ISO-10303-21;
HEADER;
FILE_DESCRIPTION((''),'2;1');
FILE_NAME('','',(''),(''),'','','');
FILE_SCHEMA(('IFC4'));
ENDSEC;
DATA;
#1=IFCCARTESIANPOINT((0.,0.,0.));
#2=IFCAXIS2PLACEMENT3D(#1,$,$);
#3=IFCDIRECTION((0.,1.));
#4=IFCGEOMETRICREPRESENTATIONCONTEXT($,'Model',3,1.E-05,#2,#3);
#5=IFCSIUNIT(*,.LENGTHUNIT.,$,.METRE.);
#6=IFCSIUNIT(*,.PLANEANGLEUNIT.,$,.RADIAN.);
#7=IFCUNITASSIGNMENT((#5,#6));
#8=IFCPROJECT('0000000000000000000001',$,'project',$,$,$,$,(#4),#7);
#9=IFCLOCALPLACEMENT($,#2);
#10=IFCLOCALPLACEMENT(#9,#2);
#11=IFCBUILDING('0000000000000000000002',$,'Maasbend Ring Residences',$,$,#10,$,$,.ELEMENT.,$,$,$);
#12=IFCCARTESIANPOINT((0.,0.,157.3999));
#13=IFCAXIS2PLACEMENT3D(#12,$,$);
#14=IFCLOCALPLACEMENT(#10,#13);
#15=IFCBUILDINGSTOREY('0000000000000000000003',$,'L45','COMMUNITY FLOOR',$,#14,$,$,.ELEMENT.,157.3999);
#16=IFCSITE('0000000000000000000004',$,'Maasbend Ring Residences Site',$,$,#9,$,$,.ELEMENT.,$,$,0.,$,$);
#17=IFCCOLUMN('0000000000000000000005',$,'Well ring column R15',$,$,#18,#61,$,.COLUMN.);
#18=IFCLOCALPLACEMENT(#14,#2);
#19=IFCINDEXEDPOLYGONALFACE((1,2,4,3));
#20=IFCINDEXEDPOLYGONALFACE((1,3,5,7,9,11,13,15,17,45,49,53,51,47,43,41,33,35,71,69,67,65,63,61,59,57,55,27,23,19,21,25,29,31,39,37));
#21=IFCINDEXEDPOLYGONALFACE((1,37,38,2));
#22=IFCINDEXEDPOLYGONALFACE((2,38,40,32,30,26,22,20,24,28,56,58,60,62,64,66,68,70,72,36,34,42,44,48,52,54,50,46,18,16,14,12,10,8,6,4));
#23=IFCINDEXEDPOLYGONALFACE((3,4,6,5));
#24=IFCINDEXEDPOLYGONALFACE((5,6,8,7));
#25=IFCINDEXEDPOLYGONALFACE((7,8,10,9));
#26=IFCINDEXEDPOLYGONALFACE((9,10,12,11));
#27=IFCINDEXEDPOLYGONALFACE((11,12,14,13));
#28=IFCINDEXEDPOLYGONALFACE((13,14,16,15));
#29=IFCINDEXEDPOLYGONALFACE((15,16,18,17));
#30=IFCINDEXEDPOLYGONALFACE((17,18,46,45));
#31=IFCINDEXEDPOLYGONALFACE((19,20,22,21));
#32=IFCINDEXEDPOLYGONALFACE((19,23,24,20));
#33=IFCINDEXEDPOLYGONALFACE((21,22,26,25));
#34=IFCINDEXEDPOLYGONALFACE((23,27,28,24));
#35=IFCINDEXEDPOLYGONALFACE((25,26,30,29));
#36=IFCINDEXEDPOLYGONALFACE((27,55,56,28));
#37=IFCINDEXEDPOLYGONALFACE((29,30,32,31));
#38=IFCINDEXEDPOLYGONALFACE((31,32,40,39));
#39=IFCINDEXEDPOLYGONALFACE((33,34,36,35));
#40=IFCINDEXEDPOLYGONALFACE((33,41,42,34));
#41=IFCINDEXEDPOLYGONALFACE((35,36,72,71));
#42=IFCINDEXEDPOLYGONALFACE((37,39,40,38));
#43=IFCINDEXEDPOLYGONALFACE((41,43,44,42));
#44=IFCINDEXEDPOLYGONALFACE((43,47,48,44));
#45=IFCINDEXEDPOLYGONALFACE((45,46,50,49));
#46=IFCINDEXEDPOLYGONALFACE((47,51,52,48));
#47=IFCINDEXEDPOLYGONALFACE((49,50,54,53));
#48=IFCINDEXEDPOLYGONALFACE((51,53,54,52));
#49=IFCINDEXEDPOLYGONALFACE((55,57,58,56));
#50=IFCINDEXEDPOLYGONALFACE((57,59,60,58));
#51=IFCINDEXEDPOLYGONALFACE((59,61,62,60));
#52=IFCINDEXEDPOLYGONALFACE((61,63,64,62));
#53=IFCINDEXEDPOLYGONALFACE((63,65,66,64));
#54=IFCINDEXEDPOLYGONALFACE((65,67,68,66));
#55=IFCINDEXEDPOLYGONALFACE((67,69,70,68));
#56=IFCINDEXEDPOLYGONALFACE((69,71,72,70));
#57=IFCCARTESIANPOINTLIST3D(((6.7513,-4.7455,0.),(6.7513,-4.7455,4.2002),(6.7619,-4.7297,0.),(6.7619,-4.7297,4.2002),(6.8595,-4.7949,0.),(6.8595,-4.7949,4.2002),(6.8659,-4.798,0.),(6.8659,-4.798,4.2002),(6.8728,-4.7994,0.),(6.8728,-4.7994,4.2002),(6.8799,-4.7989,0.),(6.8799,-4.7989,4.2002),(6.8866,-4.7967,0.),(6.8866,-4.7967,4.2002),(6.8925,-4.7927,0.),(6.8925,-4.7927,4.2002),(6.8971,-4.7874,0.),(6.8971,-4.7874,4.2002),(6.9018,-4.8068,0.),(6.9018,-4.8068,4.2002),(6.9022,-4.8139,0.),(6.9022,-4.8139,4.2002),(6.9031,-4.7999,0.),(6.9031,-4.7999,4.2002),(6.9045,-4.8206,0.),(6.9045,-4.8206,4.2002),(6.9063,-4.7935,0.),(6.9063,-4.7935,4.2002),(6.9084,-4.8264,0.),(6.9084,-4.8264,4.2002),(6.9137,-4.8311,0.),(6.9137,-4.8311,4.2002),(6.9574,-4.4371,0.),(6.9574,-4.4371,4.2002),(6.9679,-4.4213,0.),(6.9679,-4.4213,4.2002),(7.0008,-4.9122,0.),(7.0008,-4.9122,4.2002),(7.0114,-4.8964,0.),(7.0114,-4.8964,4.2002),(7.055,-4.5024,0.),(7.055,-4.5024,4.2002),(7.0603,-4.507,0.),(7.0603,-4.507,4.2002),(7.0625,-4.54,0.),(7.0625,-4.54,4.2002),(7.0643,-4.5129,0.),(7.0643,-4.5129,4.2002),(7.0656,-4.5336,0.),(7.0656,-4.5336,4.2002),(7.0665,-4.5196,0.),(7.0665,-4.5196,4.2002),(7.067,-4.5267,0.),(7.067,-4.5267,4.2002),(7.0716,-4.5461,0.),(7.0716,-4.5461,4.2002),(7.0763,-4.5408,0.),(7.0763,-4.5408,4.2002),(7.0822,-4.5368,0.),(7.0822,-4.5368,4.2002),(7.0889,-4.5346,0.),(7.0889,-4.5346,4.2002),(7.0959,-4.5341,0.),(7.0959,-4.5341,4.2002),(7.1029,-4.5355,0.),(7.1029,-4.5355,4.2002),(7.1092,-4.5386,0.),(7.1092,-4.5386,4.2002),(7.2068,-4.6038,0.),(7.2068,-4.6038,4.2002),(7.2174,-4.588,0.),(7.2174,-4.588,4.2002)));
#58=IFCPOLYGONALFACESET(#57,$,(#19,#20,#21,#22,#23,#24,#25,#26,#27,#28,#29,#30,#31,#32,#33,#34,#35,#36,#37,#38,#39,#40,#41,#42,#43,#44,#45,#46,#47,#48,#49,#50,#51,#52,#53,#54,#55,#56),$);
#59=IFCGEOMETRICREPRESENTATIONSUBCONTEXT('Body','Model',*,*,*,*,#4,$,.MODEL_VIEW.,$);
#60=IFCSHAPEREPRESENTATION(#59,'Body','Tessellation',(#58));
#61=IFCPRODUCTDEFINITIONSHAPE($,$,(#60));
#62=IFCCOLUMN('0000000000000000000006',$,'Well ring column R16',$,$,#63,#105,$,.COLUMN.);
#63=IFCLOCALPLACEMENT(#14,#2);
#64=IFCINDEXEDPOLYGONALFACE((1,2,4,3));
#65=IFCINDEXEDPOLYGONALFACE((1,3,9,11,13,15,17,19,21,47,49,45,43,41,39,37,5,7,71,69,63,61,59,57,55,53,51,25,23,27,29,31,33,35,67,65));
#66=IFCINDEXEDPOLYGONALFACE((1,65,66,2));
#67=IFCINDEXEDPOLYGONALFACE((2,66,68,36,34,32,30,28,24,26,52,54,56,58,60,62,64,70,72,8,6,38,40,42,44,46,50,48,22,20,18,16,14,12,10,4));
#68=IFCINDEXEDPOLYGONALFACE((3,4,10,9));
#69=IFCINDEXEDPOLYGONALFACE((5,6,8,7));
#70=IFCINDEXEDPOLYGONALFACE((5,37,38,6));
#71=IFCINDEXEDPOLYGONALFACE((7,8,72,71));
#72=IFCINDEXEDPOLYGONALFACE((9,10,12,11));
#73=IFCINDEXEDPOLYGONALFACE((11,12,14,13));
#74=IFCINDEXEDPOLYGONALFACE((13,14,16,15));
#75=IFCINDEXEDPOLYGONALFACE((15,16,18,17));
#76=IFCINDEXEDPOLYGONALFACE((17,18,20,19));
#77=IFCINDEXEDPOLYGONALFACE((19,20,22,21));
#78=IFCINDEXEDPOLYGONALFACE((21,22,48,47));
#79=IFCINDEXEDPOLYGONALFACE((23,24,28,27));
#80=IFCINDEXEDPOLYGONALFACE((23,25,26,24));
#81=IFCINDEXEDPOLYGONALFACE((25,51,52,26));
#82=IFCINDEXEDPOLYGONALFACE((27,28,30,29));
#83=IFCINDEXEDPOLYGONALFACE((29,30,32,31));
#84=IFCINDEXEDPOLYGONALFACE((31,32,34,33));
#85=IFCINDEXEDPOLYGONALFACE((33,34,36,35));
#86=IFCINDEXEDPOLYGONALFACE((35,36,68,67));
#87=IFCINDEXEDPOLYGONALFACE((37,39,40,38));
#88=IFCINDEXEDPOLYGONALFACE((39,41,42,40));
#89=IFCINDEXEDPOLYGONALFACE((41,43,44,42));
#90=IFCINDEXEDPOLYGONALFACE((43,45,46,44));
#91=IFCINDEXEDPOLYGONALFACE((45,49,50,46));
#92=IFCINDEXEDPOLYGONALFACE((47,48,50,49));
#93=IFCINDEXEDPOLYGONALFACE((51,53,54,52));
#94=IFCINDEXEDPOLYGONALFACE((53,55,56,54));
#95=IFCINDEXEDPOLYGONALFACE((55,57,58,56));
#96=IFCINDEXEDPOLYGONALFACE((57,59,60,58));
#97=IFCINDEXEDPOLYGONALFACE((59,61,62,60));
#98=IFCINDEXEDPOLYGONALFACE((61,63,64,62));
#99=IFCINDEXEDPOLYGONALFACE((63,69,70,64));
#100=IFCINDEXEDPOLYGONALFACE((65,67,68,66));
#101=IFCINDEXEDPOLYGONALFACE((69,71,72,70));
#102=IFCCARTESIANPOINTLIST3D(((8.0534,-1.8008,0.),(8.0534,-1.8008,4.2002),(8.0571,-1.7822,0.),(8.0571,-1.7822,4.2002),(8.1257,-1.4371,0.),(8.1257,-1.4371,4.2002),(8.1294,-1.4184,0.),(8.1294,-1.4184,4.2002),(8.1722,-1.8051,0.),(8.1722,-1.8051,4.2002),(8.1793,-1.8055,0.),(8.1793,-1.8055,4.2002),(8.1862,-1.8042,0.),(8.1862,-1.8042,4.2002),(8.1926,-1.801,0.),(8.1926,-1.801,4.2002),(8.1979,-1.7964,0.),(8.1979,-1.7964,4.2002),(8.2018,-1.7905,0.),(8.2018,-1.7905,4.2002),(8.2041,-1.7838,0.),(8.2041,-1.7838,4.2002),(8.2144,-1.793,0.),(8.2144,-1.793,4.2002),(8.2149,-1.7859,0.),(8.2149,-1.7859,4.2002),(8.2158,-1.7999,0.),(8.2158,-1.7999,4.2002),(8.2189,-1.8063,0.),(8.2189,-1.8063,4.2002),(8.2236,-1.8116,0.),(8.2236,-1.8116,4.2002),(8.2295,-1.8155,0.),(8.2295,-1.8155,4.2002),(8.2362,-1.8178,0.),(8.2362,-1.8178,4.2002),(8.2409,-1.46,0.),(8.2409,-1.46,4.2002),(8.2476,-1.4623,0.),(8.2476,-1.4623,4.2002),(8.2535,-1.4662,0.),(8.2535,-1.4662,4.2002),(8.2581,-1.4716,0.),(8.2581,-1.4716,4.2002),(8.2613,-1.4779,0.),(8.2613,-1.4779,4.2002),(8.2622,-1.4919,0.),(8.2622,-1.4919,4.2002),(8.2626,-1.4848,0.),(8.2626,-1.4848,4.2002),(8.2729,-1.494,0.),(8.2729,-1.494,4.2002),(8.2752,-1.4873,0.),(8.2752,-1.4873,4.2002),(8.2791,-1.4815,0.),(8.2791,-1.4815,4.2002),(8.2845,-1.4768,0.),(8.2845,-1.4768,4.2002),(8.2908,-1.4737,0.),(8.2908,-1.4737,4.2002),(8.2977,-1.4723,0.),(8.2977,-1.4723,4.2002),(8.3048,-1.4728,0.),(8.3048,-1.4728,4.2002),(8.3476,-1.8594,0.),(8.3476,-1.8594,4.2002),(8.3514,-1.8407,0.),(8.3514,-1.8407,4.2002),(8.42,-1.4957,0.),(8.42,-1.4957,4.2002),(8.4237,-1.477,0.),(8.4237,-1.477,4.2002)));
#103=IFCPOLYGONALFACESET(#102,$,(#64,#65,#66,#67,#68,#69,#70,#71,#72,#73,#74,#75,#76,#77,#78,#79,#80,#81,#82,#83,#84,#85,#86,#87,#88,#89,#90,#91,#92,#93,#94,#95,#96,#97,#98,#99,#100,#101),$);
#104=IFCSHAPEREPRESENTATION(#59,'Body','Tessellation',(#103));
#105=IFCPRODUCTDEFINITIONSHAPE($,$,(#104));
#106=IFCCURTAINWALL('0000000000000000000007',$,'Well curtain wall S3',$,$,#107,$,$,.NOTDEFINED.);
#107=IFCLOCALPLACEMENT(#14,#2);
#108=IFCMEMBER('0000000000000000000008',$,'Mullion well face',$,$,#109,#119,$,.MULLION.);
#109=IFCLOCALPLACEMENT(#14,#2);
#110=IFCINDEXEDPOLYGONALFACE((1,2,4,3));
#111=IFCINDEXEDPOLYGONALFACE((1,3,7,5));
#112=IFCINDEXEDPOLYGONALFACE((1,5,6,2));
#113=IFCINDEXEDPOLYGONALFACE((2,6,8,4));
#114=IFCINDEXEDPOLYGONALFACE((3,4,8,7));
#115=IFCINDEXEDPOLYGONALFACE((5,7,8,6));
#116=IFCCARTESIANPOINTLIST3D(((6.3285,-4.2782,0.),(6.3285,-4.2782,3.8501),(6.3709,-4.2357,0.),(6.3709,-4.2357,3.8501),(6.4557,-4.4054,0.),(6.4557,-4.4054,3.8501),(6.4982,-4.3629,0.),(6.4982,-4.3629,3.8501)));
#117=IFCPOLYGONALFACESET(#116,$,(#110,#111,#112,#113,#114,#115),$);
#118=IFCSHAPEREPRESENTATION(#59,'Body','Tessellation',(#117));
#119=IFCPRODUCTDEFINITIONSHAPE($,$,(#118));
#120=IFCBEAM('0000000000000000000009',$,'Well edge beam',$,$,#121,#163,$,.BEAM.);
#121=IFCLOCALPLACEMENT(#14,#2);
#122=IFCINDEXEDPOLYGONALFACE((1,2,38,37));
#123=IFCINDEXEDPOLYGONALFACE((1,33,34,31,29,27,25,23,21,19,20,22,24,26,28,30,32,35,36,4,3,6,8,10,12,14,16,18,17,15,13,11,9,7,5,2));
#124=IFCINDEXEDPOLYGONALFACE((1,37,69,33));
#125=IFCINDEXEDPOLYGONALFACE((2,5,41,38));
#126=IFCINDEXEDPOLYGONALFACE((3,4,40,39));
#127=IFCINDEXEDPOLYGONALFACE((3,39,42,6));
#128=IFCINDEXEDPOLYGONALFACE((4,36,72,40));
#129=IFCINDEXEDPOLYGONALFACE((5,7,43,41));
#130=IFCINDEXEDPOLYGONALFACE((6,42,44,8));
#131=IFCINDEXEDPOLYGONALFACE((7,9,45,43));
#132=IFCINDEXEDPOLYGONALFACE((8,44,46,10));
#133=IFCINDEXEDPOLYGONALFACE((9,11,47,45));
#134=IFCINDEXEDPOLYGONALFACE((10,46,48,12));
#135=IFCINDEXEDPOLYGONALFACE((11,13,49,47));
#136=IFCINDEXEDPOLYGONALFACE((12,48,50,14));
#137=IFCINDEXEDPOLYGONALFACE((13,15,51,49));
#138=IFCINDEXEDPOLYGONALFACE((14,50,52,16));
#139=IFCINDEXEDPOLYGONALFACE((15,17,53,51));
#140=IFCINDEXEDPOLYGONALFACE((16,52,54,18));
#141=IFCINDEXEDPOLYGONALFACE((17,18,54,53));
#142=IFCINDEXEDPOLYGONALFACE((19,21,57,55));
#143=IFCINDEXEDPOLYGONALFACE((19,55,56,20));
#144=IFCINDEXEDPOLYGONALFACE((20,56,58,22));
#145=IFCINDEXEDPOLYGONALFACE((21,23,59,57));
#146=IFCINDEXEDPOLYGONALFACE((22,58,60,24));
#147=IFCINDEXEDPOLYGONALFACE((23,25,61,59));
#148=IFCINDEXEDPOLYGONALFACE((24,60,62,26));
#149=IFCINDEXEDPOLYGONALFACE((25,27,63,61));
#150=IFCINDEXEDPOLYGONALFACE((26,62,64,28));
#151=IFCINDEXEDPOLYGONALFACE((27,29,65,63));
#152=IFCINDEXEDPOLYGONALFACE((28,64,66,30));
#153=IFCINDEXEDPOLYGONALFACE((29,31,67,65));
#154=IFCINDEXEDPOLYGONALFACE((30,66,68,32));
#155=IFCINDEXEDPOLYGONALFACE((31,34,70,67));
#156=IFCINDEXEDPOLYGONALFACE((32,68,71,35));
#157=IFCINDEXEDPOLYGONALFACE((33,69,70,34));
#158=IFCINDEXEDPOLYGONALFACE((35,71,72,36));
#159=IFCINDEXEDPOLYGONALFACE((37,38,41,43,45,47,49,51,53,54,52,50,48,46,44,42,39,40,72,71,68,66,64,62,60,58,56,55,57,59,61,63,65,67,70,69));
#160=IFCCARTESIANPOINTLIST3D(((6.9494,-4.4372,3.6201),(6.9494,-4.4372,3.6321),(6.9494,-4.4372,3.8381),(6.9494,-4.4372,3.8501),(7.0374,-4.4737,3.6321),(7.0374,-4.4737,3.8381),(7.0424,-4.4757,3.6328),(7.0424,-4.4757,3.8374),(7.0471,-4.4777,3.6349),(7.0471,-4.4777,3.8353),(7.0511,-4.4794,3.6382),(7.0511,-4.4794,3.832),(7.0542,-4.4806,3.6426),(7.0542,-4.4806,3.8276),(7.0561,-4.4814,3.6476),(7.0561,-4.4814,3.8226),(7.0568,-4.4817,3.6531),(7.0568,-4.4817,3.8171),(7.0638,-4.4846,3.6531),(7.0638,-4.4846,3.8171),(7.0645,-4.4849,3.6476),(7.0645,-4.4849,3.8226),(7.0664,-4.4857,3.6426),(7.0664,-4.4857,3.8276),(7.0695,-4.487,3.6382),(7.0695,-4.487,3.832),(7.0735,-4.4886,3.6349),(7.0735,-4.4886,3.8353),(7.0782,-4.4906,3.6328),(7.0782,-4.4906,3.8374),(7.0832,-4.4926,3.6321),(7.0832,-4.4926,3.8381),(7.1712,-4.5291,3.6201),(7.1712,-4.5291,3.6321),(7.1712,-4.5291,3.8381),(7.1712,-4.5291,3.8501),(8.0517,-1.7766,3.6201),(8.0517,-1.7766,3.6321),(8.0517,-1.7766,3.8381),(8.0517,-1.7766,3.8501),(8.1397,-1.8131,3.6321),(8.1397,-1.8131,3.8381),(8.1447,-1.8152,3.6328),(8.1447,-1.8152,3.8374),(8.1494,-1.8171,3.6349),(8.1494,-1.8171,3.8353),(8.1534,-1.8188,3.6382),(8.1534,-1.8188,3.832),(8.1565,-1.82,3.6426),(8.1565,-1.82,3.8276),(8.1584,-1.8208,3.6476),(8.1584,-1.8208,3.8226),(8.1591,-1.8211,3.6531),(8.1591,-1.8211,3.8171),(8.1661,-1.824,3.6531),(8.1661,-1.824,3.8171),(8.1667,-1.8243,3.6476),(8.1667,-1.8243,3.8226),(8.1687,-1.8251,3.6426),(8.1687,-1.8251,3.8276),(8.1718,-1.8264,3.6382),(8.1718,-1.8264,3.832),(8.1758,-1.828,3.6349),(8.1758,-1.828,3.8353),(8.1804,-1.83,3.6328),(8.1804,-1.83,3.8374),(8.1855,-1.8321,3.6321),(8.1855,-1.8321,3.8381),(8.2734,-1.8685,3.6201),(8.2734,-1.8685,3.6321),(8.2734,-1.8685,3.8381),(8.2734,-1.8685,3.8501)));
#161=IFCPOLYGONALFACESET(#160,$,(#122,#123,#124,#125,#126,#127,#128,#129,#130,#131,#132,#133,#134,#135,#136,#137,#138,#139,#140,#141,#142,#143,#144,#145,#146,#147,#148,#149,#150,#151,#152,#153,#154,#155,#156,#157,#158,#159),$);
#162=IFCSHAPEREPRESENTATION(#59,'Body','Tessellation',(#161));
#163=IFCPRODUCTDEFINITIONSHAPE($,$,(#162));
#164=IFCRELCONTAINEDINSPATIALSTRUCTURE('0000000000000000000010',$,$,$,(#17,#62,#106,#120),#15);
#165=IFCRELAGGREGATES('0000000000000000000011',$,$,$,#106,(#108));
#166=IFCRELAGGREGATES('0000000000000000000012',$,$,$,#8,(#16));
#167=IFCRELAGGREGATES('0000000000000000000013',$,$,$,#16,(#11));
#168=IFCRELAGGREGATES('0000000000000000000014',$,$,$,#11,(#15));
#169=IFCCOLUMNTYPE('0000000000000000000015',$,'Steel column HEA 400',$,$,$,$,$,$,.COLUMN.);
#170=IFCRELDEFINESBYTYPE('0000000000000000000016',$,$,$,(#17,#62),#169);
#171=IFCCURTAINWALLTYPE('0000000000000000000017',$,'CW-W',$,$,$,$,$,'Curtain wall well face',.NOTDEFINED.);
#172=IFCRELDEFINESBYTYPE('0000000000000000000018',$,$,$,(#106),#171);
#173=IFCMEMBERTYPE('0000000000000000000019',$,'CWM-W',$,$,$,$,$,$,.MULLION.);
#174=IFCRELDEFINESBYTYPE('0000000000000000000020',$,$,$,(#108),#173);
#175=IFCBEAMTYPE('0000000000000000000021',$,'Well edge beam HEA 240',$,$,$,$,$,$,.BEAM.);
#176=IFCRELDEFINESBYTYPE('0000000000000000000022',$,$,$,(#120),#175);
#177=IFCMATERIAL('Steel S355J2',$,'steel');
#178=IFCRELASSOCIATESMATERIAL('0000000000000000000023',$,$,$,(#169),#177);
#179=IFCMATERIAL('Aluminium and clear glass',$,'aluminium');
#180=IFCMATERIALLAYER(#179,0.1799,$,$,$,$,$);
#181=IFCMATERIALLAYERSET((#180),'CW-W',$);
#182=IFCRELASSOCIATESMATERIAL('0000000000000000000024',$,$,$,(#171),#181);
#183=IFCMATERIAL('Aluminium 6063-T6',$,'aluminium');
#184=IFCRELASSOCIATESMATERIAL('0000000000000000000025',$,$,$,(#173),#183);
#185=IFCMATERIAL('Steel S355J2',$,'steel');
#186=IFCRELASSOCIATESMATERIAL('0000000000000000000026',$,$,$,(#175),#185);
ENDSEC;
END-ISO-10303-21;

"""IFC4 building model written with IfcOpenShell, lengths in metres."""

from ifc_helpers import new_model, si_unit, direction, frame, origin, origin_2d, place, context, subcontext, project, spatial, rectangle, i_section, extrude, material, layer, layer_set, material_profile, profile_set, type_object, element, aggregate, save


model = new_model("IFC4")

# Units and contexts
model_context = context("Model", 3, precision=1e-05, world=origin(), true_north=direction((0.0, 1.0)))
body_context = subcontext(model_context, "Body", "Model", "MODEL_VIEW")
ifc_project = project(units=[si_unit("LENGTHUNIT", "METRE"), si_unit("PLANEANGLEUNIT", "RADIAN")], contexts=[model_context])

# Site, building, storey
site_placement = place(None, origin())
site = spatial("IfcSite", under=ifc_project, at=site_placement, Name="Maasbend Ring Residences Site", CompositionType="ELEMENT", RefElevation=0.0)
building_placement = place(site_placement, origin())
building = spatial("IfcBuilding", under=site, at=building_placement, Name="Maasbend Ring Residences", CompositionType="ELEMENT")
storey_placement = place(building_placement, frame((0.0, 0.0, 157.3999)))
storey = spatial("IfcBuildingStorey", under=building, at=storey_placement, Name="L45", Description="COMMUNITY FLOOR", CompositionType="ELEMENT", Elevation=157.3999)

# Columns
ifc_material_1 = material(Name="Steel S355J2", Category="steel")
ifc_material_profile_1 = material_profile(ifc_material_1, i_section(OverallWidth=0.3, OverallDepth=0.3899, WebThickness=0.011, FlangeThickness=0.019, FilletRadius=0.0271, at=origin_2d()), Name="HEA 400")
ifc_profile_set_1 = profile_set([ifc_material_profile_1], Name="Steel S355J2")
column_type = type_object("IfcColumnType", Name="Steel column HEA 400", PredefinedType="COLUMN", material=ifc_profile_set_1)
for number, where, z_axis, x_axis, name in (
    (1, (6.9844, -4.6667, 0.0), (0.0, 0.0, 1.0), (0.83147, -0.55557, 0.0), "Well ring column R15"),
    (2, (8.2385, -1.6389, 0.0), (0.0, 0.0, 1.0), (0.980785, -0.19509, 0.0), "Well ring column R16"),
):
    element("IfcColumn", number, at=place(storey_placement, frame(where, z_axis=z_axis, x_axis=x_axis)), inside=storey, type_object=column_type, Name=name, PredefinedType="COLUMN", context=body_context, shape_type="SweptSolid", body=[
        extrude(i_section(OverallWidth=0.3, OverallDepth=0.3899, WebThickness=0.011, FlangeThickness=0.019, FilletRadius=0.0271, at=origin_2d()), origin(), (0.0, 0.0, 1.0), 4.2002),
    ])

# Curtain wall, member
ifc_material_2 = material(Name="Aluminium and clear glass", Category="aluminium")
ifc_layer_1 = layer(ifc_material_2, 0.1799)
ifc_layer_set_1 = layer_set([ifc_layer_1], Name="CW-W")
curtain_wall_type = type_object("IfcCurtainWallType", Name="CW-W", ElementType="Curtain wall well face", PredefinedType="NOTDEFINED", material=ifc_layer_set_1)
curtain_wall_placement = place(storey_placement, origin())
curtain_wall = element("IfcCurtainWall", 3, at=curtain_wall_placement, inside=storey, type_object=curtain_wall_type, Name="Well curtain wall S3", PredefinedType="NOTDEFINED")
ifc_material_3 = material(Name="Aluminium 6063-T6", Category="aluminium")
ifc_material_profile_2 = material_profile(ifc_material_3, rectangle(XDim=0.1799, YDim=0.0601, at=origin_2d()), Name="AL 180x60")
ifc_profile_set_2 = profile_set([ifc_material_profile_2], Name="Aluminium 6063-T6")
member_type = type_object("IfcMemberType", Name="CWM-W", PredefinedType="MULLION", material=ifc_profile_set_2)
member_placement = place(storey_placement, frame((6.4133, -4.3206, 0.0), z_axis=(0.0, 0.0, 1.0), x_axis=(-0.707107, 0.707107, 0.0)))
member = element("IfcMember", 4, at=member_placement, type_object=member_type, Name="Mullion well face", PredefinedType="MULLION", context=body_context, shape_type="SweptSolid", body=[
    extrude(rectangle(XDim=0.1799, YDim=0.0601, at=origin_2d()), origin(), (0.0, 0.0, 1.0), 3.8501),
])
aggregate(curtain_wall, [member])

# Beam
ifc_material_4 = material(Name="Steel S355J2", Category="steel")
ifc_material_profile_3 = material_profile(ifc_material_4, i_section(OverallWidth=0.24, OverallDepth=0.23, WebThickness=0.0076, FlangeThickness=0.012, FilletRadius=0.021, at=origin_2d()), Name="HEA 240")
ifc_profile_set_3 = profile_set([ifc_material_profile_3], Name="Steel S355J2")
beam_type = type_object("IfcBeamType", Name="Well edge beam HEA 240", PredefinedType="BEAM", material=ifc_profile_set_3)
for number, where, z_axis, x_axis, name in (
    (5, (7.0603, -4.4832, 3.7351), (0.382749, 0.923853, 0.0), (-0.923853, 0.382749, 0.0), "Well edge beam"),
):
    element("IfcBeam", number, at=place(storey_placement, frame(where, z_axis=z_axis, x_axis=x_axis)), inside=storey, type_object=beam_type, Name=name, PredefinedType="BEAM", context=body_context, shape_type="SweptSolid", body=[
        extrude(i_section(OverallWidth=0.24, OverallDepth=0.23, WebThickness=0.0076, FlangeThickness=0.012, FilletRadius=0.021, at=origin_2d()), origin(), (0.0, 0.0, 1.0), 2.8799),
    ])

save(model, "model.ifc")
